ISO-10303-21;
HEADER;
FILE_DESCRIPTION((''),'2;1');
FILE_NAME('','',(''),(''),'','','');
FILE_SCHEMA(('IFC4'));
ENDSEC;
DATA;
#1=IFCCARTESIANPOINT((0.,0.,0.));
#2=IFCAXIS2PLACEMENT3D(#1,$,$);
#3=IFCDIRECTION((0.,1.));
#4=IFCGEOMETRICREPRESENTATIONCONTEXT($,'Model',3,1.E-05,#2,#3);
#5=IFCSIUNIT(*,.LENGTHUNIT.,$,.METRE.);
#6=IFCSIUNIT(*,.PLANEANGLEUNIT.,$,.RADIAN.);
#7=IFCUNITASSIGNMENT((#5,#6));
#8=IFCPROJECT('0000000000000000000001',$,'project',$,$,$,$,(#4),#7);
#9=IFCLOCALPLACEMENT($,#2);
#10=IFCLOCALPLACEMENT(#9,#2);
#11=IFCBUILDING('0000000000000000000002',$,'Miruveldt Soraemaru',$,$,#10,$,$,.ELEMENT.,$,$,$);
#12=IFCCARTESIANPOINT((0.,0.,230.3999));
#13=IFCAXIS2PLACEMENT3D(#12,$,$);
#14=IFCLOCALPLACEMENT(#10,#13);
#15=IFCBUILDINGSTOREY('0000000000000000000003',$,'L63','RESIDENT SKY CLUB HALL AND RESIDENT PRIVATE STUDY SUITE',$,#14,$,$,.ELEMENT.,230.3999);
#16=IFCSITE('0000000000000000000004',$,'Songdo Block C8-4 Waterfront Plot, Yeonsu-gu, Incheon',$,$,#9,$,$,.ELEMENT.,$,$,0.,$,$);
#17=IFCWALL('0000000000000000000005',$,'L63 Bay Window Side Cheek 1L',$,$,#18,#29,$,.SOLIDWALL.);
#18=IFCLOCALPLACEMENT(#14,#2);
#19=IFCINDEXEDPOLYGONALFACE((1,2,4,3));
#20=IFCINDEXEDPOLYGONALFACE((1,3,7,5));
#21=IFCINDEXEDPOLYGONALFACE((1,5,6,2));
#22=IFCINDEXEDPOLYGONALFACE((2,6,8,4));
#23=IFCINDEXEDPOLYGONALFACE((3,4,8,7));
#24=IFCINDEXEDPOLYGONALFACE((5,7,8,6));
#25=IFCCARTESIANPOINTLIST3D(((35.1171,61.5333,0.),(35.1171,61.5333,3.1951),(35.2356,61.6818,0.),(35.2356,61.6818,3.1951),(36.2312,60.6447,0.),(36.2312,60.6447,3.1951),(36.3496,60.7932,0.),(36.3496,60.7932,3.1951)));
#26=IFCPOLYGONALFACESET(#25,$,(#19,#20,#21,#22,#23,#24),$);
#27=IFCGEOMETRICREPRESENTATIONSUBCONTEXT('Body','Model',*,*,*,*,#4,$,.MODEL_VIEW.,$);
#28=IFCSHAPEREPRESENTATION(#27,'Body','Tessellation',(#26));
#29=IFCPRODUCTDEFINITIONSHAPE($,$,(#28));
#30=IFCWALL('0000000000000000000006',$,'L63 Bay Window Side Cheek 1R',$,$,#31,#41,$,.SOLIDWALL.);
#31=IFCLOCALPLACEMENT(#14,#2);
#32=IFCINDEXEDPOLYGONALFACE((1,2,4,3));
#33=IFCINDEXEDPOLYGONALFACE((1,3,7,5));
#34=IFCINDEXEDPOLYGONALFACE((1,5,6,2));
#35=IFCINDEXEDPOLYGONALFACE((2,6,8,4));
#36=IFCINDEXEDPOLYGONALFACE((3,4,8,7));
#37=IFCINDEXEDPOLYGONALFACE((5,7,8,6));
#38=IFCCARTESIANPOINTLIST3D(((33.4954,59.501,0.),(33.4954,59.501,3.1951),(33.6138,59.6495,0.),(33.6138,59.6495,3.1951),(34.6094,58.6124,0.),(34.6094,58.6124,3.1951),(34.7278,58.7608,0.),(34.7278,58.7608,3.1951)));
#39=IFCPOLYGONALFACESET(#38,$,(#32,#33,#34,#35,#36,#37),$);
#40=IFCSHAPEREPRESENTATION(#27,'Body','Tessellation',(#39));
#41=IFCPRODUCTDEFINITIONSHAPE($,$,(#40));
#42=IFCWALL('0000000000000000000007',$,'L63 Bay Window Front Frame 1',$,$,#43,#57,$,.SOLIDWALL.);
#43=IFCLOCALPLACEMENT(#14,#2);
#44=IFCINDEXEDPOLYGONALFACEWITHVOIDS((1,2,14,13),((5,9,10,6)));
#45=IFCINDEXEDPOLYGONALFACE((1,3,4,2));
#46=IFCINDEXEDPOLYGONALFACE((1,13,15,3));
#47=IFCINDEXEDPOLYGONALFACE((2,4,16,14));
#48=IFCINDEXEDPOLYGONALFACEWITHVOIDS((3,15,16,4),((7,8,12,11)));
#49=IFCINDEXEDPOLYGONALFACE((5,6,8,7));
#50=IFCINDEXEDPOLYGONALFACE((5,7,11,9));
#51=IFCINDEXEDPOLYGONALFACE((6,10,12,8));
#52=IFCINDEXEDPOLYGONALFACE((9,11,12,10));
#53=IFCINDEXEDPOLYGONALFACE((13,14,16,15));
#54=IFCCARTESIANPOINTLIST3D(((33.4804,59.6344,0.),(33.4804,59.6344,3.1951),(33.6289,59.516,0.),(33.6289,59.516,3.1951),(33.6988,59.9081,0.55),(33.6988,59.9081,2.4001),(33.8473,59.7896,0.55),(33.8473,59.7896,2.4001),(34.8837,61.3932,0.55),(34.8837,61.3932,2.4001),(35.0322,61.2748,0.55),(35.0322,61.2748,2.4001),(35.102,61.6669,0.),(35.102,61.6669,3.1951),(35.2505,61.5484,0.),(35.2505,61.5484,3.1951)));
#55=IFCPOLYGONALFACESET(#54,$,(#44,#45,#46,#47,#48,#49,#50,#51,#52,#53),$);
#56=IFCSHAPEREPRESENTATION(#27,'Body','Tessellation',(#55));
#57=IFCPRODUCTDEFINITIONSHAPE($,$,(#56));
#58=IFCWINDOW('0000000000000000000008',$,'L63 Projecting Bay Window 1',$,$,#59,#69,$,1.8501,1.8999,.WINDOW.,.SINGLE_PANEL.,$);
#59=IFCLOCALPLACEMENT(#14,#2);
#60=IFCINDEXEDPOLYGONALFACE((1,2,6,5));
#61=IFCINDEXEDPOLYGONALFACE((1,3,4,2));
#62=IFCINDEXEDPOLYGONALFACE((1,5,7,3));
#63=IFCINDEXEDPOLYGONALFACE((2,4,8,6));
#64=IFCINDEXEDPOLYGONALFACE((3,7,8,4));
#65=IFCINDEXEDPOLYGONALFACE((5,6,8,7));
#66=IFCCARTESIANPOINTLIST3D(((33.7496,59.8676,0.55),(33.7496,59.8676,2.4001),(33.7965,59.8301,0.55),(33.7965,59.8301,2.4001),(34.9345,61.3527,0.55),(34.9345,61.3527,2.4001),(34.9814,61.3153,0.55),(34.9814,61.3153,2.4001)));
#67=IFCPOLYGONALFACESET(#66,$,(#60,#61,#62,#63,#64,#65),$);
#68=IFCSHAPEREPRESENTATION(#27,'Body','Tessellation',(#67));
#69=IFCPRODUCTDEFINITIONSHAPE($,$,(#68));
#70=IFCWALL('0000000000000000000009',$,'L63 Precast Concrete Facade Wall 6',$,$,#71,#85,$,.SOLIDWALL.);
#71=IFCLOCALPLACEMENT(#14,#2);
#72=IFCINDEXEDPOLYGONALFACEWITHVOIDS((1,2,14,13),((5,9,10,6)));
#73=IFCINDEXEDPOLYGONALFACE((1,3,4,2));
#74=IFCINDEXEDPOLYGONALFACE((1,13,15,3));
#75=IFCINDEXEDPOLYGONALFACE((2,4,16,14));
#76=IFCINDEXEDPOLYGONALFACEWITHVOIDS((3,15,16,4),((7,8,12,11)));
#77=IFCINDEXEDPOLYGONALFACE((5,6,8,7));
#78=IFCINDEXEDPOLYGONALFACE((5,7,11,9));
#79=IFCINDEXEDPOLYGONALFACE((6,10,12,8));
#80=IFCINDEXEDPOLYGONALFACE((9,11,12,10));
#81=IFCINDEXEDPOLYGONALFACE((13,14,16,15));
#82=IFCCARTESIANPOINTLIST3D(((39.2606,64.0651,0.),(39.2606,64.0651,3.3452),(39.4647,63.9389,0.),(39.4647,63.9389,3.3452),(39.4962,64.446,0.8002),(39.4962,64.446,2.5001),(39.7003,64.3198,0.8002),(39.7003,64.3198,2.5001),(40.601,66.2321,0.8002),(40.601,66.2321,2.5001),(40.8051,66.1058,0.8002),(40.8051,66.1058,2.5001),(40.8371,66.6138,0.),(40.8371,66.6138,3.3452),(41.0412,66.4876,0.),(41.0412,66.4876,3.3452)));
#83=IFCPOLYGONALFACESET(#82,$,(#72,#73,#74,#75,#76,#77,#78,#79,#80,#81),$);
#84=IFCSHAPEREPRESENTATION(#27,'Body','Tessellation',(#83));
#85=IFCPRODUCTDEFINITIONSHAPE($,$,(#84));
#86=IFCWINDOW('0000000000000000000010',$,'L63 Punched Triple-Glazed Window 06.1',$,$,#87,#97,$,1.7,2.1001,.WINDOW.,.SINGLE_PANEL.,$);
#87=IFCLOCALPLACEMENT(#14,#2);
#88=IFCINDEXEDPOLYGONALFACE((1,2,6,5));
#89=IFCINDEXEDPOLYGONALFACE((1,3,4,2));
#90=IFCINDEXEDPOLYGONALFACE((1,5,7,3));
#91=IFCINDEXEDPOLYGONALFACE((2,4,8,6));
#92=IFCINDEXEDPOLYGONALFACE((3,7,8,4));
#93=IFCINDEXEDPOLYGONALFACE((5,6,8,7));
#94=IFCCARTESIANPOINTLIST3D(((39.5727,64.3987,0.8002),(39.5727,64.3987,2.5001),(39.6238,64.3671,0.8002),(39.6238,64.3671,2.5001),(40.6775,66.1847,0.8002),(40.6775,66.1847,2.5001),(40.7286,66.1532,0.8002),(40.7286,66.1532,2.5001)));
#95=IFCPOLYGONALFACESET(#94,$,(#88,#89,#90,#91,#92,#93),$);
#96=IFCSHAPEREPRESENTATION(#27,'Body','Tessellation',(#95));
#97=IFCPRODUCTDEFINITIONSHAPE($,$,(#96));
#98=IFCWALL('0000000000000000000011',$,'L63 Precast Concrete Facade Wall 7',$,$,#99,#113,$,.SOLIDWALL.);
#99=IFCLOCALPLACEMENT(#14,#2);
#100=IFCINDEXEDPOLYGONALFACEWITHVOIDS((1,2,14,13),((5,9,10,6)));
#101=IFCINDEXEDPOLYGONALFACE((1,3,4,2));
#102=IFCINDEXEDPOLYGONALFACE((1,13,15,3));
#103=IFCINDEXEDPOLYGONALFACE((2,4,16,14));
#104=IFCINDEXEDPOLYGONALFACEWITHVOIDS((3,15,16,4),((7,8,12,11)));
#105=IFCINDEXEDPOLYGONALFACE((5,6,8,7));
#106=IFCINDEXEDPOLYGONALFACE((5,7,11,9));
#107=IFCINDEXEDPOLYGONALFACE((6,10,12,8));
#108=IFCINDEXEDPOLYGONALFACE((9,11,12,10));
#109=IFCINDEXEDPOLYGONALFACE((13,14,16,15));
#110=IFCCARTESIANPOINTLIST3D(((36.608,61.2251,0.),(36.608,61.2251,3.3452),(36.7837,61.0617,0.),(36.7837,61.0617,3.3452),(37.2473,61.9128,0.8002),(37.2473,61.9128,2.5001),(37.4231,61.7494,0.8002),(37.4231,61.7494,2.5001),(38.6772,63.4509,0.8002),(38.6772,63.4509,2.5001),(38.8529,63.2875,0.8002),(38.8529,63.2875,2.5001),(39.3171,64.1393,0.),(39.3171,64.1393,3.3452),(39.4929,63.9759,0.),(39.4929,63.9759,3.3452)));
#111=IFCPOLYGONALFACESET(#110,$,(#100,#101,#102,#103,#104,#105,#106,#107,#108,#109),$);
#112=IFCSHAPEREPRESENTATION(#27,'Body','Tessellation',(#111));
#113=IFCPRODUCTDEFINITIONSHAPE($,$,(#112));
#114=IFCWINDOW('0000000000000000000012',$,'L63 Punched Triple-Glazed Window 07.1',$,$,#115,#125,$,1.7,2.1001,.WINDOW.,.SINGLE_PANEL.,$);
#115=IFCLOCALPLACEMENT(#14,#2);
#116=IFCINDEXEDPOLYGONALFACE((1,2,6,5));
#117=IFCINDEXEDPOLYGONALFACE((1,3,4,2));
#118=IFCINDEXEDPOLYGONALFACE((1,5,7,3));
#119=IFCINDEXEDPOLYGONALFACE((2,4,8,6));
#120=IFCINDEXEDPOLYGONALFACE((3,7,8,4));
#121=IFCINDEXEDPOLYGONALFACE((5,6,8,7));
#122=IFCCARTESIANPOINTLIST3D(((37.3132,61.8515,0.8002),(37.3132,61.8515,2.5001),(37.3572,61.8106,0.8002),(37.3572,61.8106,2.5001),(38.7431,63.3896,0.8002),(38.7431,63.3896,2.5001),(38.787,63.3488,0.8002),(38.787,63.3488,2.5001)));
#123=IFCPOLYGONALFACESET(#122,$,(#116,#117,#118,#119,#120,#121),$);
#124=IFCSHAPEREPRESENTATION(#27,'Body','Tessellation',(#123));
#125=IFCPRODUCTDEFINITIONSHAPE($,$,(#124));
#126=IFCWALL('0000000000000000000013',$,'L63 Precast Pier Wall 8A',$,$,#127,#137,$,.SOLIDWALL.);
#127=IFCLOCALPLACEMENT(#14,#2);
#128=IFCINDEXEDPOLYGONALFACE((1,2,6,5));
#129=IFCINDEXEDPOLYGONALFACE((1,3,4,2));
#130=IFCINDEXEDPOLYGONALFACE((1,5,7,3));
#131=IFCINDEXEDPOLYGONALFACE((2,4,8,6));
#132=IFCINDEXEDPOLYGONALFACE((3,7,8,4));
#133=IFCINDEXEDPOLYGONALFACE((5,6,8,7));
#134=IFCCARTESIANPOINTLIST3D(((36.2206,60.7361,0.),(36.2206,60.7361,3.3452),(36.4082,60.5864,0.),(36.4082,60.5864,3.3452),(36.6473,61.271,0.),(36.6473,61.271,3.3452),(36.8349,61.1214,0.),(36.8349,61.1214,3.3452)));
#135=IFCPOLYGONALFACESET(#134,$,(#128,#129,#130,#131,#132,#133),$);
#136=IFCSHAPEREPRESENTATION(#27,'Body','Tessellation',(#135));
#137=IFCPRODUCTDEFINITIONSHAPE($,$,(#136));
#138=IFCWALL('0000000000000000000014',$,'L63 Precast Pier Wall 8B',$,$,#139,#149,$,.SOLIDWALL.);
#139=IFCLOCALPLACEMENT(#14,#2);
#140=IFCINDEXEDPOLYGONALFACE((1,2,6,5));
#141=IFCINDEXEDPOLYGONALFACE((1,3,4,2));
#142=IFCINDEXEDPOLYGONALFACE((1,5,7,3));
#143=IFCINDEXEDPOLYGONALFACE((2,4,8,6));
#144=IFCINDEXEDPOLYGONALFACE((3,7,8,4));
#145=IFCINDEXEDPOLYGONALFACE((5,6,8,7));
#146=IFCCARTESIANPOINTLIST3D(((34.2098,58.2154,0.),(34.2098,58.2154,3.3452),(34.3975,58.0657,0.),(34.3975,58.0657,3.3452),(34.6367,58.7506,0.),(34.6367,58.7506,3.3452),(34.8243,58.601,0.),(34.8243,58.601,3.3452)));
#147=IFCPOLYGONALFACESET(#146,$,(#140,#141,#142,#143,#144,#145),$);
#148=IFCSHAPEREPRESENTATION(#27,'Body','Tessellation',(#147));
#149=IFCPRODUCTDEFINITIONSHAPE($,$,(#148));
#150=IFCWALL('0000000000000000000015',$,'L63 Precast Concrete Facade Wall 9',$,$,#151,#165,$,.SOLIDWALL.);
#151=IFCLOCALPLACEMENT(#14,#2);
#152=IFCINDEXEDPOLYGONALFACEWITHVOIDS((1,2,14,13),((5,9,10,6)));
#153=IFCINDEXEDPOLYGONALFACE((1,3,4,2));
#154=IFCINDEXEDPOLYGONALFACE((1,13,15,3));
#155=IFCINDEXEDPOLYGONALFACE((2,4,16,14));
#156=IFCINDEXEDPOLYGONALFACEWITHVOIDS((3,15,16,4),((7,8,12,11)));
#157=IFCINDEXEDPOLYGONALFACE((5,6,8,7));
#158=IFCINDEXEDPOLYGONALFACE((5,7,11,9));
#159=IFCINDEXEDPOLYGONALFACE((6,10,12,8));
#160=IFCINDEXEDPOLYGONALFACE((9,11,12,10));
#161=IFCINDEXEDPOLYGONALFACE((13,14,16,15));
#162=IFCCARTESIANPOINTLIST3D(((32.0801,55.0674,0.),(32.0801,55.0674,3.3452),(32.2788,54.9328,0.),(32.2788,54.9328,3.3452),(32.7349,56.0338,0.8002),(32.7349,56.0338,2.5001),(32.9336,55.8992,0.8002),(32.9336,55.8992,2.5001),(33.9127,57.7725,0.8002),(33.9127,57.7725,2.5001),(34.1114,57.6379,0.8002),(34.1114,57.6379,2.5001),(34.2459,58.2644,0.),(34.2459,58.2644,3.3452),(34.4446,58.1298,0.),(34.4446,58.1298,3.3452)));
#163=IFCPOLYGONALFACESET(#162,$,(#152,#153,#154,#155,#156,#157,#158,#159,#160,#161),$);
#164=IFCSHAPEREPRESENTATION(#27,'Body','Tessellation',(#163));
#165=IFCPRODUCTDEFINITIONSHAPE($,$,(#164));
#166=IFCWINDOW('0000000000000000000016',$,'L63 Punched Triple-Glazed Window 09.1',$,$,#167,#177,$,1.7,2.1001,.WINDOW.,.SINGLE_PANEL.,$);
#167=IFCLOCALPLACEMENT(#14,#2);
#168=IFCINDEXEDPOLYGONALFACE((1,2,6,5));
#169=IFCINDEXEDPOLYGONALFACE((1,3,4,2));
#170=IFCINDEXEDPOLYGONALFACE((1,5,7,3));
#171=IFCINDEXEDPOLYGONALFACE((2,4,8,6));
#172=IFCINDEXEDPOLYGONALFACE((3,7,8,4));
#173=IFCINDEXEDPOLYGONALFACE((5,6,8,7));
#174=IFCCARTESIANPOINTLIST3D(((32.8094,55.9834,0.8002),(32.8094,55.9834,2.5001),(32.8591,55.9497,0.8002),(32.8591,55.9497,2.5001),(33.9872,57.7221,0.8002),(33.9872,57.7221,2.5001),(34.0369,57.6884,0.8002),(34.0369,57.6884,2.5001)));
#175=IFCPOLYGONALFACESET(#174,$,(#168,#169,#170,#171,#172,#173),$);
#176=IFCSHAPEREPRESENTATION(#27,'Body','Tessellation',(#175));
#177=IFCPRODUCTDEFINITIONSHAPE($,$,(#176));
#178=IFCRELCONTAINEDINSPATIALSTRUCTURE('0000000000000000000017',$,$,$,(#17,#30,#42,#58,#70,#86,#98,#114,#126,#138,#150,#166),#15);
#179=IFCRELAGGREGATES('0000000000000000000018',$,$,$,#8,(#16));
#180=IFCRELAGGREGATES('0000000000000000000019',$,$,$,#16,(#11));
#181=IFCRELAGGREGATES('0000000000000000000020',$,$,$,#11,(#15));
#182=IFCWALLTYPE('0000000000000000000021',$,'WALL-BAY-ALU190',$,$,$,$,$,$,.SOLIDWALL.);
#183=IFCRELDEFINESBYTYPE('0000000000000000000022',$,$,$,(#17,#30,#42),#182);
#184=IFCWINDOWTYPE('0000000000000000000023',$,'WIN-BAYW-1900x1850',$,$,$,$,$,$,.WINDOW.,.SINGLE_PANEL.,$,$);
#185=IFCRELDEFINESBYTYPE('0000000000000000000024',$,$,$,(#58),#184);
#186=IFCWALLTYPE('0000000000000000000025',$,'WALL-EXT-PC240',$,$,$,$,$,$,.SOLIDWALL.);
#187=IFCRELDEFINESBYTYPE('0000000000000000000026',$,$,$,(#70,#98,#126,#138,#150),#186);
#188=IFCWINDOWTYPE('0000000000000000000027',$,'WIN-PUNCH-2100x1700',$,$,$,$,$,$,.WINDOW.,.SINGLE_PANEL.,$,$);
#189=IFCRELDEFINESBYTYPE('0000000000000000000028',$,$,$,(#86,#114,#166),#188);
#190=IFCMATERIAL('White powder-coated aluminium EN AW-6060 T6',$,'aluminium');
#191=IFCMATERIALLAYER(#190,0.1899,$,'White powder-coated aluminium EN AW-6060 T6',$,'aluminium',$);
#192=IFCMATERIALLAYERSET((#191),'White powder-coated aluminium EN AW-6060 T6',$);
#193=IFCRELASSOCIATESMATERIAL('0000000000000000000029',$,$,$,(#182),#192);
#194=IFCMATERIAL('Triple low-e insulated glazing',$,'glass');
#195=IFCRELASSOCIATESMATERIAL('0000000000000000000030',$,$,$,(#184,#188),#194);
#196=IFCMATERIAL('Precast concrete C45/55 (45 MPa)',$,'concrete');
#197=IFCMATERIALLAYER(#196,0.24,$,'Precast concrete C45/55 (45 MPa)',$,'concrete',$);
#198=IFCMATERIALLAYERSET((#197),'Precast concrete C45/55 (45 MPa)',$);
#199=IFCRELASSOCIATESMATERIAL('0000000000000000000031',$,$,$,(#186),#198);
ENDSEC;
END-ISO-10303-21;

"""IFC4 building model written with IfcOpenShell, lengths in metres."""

from ifc_helpers import new_model, si_unit, direction, frame, frame_2d, origin, place, context, subcontext, project, spatial, rectangle, extrude, material, layer, layer_set, type_object, element, fill, save


model = new_model("IFC4")

# Units and contexts
model_context = context("Model", 3, precision=1e-05, world=origin(), true_north=direction((0.0, 1.0)))
body_context = subcontext(model_context, "Body", "Model", "MODEL_VIEW")
ifc_project = project(units=[si_unit("LENGTHUNIT", "METRE"), si_unit("PLANEANGLEUNIT", "RADIAN")], contexts=[model_context])

# Site, building, storey
site_placement = place(None, origin())
site = spatial("IfcSite", under=ifc_project, at=site_placement, Name="Songdo Block C8-4 Waterfront Plot, Yeonsu-gu, Incheon", CompositionType="ELEMENT", RefElevation=0.0)
building_placement = place(site_placement, origin())
building = spatial("IfcBuilding", under=site, at=building_placement, Name="Miruveldt Soraemaru", CompositionType="ELEMENT")
storey_placement = place(building_placement, frame((0.0, 0.0, 230.3999)))
storey = spatial("IfcBuildingStorey", under=building, at=storey_placement, Name="L63", Description="RESIDENT SKY CLUB HALL AND RESIDENT PRIVATE STUDY SUITE", CompositionType="ELEMENT", Elevation=230.3999)

# Walls
ifc_material_1 = material(Name="White powder-coated aluminium EN AW-6060 T6", Category="aluminium")
ifc_layer_1 = layer(ifc_material_1, 0.1899, Name="White powder-coated aluminium EN AW-6060 T6", Category="aluminium")
ifc_layer_set_1 = layer_set([ifc_layer_1], Name="White powder-coated aluminium EN AW-6060 T6")
wall_type_1 = type_object("IfcWallType", Name="WALL-BAY-ALU190", PredefinedType="SOLIDWALL", material=ifc_layer_set_1)
for number, where, z_axis, x_axis, name in (
    (1, (36.2903, 60.719, 0.0), (0.0, 0.0, 1.0), (-0.781737, 0.623608, 0.0), "L63 Bay Window Side Cheek 1L"),
    (2, (33.5547, 59.5752, 0.0), (0.0, 0.0, 1.0), (0.781737, -0.623608, 0.0), "L63 Bay Window Side Cheek 1R"),
):
    element("IfcWall", number, at=place(storey_placement, frame(where, z_axis=z_axis, x_axis=x_axis)), inside=storey, type_object=wall_type_1, Name=name, PredefinedType="SOLIDWALL", context=body_context, shape_type="SweptSolid", body=[
        extrude(rectangle(XDim=1.425, YDim=0.1899, at=frame_2d((0.7124, 0.0))), origin(), (0.0, 0.0, 1.0), 3.1951),
    ])

# Walls, openings, windows
wall_1_placement = place(storey_placement, frame((35.1763, 61.6077, 0.0), z_axis=(0.0, 0.0, 1.0), x_axis=(-0.623664, -0.781693, 0.0)))
wall_1 = element("IfcWall", 3, at=wall_1_placement, inside=storey, type_object=wall_type_1, Name="L63 Bay Window Front Frame 1", PredefinedType="SOLIDWALL", context=body_context, shape_type="SweptSolid", body=[
    extrude(rectangle(XDim=2.6001, YDim=0.1899, at=frame_2d((1.3, 0.0))), origin(), (0.0, 0.0, 1.0), 3.1951),
])
opening_1_placement = place(wall_1_placement, frame((0.3501, 0.0, 0.55)))
opening_1 = element("IfcOpeningElement", 4, at=opening_1_placement, cuts=wall_1, PredefinedType="OPENING", context=body_context, shape_type="SweptSolid", body=[
    extrude(rectangle(XDim=1.8999, YDim=1.8501, at=frame_2d((0.95, 0.925))), frame((0.0, 0.105, 0.0), z_axis=(0.0, -1.0, 0.0), x_axis=(1.0, 0.0, 0.0)), (0.0, 0.0, 1.0), 0.21),
])
ifc_material_2 = material(Name="Triple low-e insulated glazing", Category="glass")
window_type_1 = type_object("IfcWindowType", Name="WIN-BAYW-1900x1850", PartitioningType="SINGLE_PANEL", PredefinedType="WINDOW", material=ifc_material_2)
window_1_placement = place(opening_1_placement, origin())
window_1 = element("IfcWindow", 5, at=window_1_placement, inside=storey, type_object=window_type_1, Name="L63 Projecting Bay Window 1", OverallHeight=1.8501, OverallWidth=1.8999, PartitioningType="SINGLE_PANEL", PredefinedType="WINDOW", context=body_context, shape_type="SweptSolid", body=[
    extrude(rectangle(XDim=1.8999, YDim=1.8501, at=frame_2d((0.95, 0.925))), frame((0.0, 0.03, 0.0), z_axis=(0.0, -1.0, 0.0), x_axis=(1.0, 0.0, 0.0)), (0.0, 0.0, 1.0), 0.0601),
])
fill(opening_1, window_1)
ifc_material_3 = material(Name="Precast concrete C45/55 (45 MPa)", Category="concrete")
ifc_layer_2 = layer(ifc_material_3, 0.24, Name="Precast concrete C45/55 (45 MPa)", Category="concrete")
ifc_layer_set_2 = layer_set([ifc_layer_2], Name="Precast concrete C45/55 (45 MPa)")
wall_type_2 = type_object("IfcWallType", Name="WALL-EXT-PC240", PredefinedType="SOLIDWALL", material=ifc_layer_set_2)
wall_2_placement = place(storey_placement, frame((40.9392, 66.5508, 0.0), z_axis=(0.0, 0.0, 1.0), x_axis=(-0.526046, -0.850456, 0.0)))
wall_2 = element("IfcWall", 6, at=wall_2_placement, inside=storey, type_object=wall_type_2, Name="L63 Precast Concrete Facade Wall 6", PredefinedType="SOLIDWALL", context=body_context, shape_type="SweptSolid", body=[
    extrude(rectangle(XDim=2.9968, YDim=0.24, at=frame_2d((1.4985, 0.0))), origin(), (0.0, 0.0, 1.0), 3.3452),
])
opening_2_placement = place(wall_2_placement, frame((0.449, 0.0, 0.8)))
opening_2 = element("IfcOpeningElement", 7, at=opening_2_placement, cuts=wall_2, PredefinedType="OPENING", context=body_context, shape_type="SweptSolid", body=[
    extrude(rectangle(XDim=2.1001, YDim=1.7, at=frame_2d((1.05, 0.8501))), frame((0.0, 0.1299, 0.0), z_axis=(0.0, -1.0, 0.0), x_axis=(1.0, 0.0, 0.0)), (0.0, 0.0, 1.0), 0.26),
])
window_type_2 = type_object("IfcWindowType", Name="WIN-PUNCH-2100x1700", PartitioningType="SINGLE_PANEL", PredefinedType="WINDOW", material=ifc_material_2)
window_2_placement = place(opening_2_placement, origin())
window_2 = element("IfcWindow", 8, at=window_2_placement, inside=storey, type_object=window_type_2, Name="L63 Punched Triple-Glazed Window 06.1", OverallHeight=1.7, OverallWidth=2.1001, PartitioningType="SINGLE_PANEL", PredefinedType="WINDOW", context=body_context, shape_type="SweptSolid", body=[
    extrude(rectangle(XDim=2.1001, YDim=1.7, at=frame_2d((1.05, 0.8501))), frame((0.0, 0.03, 0.0), z_axis=(0.0, -1.0, 0.0), x_axis=(1.0, 0.0, 0.0)), (0.0, 0.0, 1.0), 0.0601),
])
fill(opening_2, window_2)
wall_3_placement = place(storey_placement, frame((39.405, 64.0576, 0.0), z_axis=(0.0, 0.0, 1.0), x_axis=(-0.680868, -0.732407, 0.0)))
wall_3 = element("IfcWall", 9, at=wall_3_placement, inside=storey, type_object=wall_type_2, Name="L63 Precast Concrete Facade Wall 7", PredefinedType="SOLIDWALL", context=body_context, shape_type="SweptSolid", body=[
    extrude(rectangle(XDim=3.979, YDim=0.24, at=frame_2d((1.9895, 0.0))), origin(), (0.0, 0.0, 1.0), 3.3452),
])
opening_3_placement = place(wall_3_placement, frame((0.9399, 0.0, 0.8)))
opening_3 = element("IfcOpeningElement", 10, at=opening_3_placement, cuts=wall_3, PredefinedType="OPENING", context=body_context, shape_type="SweptSolid", body=[
    extrude(rectangle(XDim=2.1001, YDim=1.7, at=frame_2d((1.05, 0.8501))), frame((0.0, 0.1299, 0.0), z_axis=(0.0, -1.0, 0.0), x_axis=(1.0, 0.0, 0.0)), (0.0, 0.0, 1.0), 0.26),
])
window_3_placement = place(opening_3_placement, origin())
window_3 = element("IfcWindow", 11, at=window_3_placement, inside=storey, type_object=window_type_2, Name="L63 Punched Triple-Glazed Window 07.1", OverallHeight=1.7, OverallWidth=2.1001, PartitioningType="SINGLE_PANEL", PredefinedType="WINDOW", context=body_context, shape_type="SweptSolid", body=[
    extrude(rectangle(XDim=2.1001, YDim=1.7, at=frame_2d((1.05, 0.8501))), frame((0.0, 0.03, 0.0), z_axis=(0.0, -1.0, 0.0), x_axis=(1.0, 0.0, 0.0)), (0.0, 0.0, 1.0), 0.0601),
])
fill(opening_3, window_3)

# Walls
wall_4_placement = place(storey_placement, frame((36.7412, 61.1963, 0.0), z_axis=(0.0, 0.0, 1.0), x_axis=(-0.62365, -0.781703, 0.0)))
element("IfcWall", 12, at=wall_4_placement, inside=storey, type_object=wall_type_2, Name="L63 Precast Pier Wall 8A", PredefinedType="SOLIDWALL", context=body_context, shape_type="SweptSolid", body=[
    extrude(rectangle(XDim=0.6843, YDim=0.24, at=frame_2d((0.3423, 0.0))), origin(), (0.0, 0.0, 1.0), 3.3452),
])
wall_5_placement = place(storey_placement, frame((34.7305, 58.6758, 0.0), z_axis=(0.0, 0.0, 1.0), x_axis=(-0.623476, -0.781842, 0.0)))
element("IfcWall", 13, at=wall_5_placement, inside=storey, type_object=wall_type_2, Name="L63 Precast Pier Wall 8B", PredefinedType="SOLIDWALL", context=body_context, shape_type="SweptSolid", body=[
    extrude(rectangle(XDim=0.6846, YDim=0.24, at=frame_2d((0.3423, 0.0))), origin(), (0.0, 0.0, 1.0), 3.3452),
])

# Wall, opening, window
wall_6_placement = place(storey_placement, frame((34.3452, 58.197, 0.0), z_axis=(0.0, 0.0, 1.0), x_axis=(-0.560857, -0.827913, 0.0)))
wall_6 = element("IfcWall", 14, at=wall_6_placement, inside=storey, type_object=wall_type_2, Name="L63 Precast Concrete Facade Wall 9", PredefinedType="SOLIDWALL", context=body_context, shape_type="SweptSolid", body=[
    extrude(rectangle(XDim=3.8616, YDim=0.24, at=frame_2d((1.9307, 0.0))), origin(), (0.0, 0.0, 1.0), 3.3452),
])
opening_4_placement = place(wall_6_placement, frame((0.594, 0.0, 0.8)))
opening_4 = element("IfcOpeningElement", 15, at=opening_4_placement, cuts=wall_6, PredefinedType="OPENING", context=body_context, shape_type="SweptSolid", body=[
    extrude(rectangle(XDim=2.1001, YDim=1.7, at=frame_2d((1.05, 0.8501))), frame((0.0, 0.1299, 0.0), z_axis=(0.0, -1.0, 0.0), x_axis=(1.0, 0.0, 0.0)), (0.0, 0.0, 1.0), 0.26),
])
window_4_placement = place(opening_4_placement, origin())
window_4 = element("IfcWindow", 16, at=window_4_placement, inside=storey, type_object=window_type_2, Name="L63 Punched Triple-Glazed Window 09.1", OverallHeight=1.7, OverallWidth=2.1001, PartitioningType="SINGLE_PANEL", PredefinedType="WINDOW", context=body_context, shape_type="SweptSolid", body=[
    extrude(rectangle(XDim=2.1001, YDim=1.7, at=frame_2d((1.05, 0.8501))), frame((0.0, 0.03, 0.0), z_axis=(0.0, -1.0, 0.0), x_axis=(1.0, 0.0, 0.0)), (0.0, 0.0, 1.0), 0.0601),
])
fill(opening_4, window_4)

save(model, "model.ifc")
